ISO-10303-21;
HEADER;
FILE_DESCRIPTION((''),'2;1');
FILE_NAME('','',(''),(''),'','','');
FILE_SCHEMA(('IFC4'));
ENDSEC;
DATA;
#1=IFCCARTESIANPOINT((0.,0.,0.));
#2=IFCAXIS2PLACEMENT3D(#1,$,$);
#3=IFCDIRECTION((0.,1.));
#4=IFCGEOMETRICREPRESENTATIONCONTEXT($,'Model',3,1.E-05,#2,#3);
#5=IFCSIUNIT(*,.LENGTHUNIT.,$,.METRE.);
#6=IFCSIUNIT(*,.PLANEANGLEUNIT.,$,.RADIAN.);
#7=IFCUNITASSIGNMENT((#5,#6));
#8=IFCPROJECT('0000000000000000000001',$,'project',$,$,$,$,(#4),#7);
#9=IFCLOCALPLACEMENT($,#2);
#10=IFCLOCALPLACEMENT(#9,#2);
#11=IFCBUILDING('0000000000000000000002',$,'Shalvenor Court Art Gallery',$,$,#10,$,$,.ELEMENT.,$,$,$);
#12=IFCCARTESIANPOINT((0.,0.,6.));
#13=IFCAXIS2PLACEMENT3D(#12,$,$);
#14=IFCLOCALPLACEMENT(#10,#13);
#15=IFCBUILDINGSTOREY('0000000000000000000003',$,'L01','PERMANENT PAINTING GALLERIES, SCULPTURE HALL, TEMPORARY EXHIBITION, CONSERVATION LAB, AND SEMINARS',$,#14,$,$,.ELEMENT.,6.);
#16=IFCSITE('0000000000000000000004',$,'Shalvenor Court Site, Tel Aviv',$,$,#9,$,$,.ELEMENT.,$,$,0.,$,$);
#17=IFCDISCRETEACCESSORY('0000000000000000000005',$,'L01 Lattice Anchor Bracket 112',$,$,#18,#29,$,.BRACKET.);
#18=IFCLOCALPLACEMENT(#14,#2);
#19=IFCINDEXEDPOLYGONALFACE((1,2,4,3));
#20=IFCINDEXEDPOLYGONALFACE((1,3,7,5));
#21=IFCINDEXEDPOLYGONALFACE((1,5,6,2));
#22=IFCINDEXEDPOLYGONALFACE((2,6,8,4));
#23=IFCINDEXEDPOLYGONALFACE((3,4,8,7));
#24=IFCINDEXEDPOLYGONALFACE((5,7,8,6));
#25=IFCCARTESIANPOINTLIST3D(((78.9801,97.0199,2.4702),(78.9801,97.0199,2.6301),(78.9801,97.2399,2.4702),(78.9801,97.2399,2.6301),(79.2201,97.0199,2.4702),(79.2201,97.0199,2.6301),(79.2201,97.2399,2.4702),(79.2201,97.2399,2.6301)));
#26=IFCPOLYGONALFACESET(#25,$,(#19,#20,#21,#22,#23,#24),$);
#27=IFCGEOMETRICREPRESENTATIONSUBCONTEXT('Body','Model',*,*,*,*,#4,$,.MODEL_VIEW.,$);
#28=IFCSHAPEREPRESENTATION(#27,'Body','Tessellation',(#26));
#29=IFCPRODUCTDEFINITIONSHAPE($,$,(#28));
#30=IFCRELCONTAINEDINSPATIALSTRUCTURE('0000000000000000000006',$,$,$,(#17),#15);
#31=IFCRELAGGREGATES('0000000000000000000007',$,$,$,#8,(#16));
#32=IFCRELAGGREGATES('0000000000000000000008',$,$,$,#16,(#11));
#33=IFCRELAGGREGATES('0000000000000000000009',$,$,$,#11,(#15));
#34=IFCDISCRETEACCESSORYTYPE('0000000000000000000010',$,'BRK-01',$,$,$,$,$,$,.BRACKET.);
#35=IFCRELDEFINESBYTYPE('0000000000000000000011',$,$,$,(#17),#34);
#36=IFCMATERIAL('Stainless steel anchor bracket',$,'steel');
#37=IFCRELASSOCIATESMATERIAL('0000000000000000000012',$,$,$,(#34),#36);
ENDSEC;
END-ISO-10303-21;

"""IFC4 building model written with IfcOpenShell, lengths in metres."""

from ifc_helpers import new_model, si_unit, direction, frame, origin, origin_2d, place, context, subcontext, project, spatial, rectangle, extrude, material, type_object, element, save


model = new_model("IFC4")

# Units and contexts
model_context = context("Model", 3, precision=1e-05, world=origin(), true_north=direction((0.0, 1.0)))
body_context = subcontext(model_context, "Body", "Model", "MODEL_VIEW")
ifc_project = project(units=[si_unit("LENGTHUNIT", "METRE"), si_unit("PLANEANGLEUNIT", "RADIAN")], contexts=[model_context])

# Site, building, storey
site_placement = place(None, origin())
site = spatial("IfcSite", under=ifc_project, at=site_placement, Name="Shalvenor Court Site, Tel Aviv", CompositionType="ELEMENT", RefElevation=0.0)
building_placement = place(site_placement, origin())
building = spatial("IfcBuilding", under=site, at=building_placement, Name="Shalvenor Court Art Gallery", CompositionType="ELEMENT")
storey_placement = place(building_placement, frame((0.0, 0.0, 6.0)))
storey = spatial("IfcBuildingStorey", under=building, at=storey_placement, Name="L01", Description="PERMANENT PAINTING GALLERIES, SCULPTURE HALL, TEMPORARY EXHIBITION, CONSERVATION LAB, AND SEMINARS", CompositionType="ELEMENT", Elevation=6.0)

# Discrete accessory
ifc_material_1 = material(Name="Stainless steel anchor bracket", Category="steel")
discrete_accessory_type = type_object("IfcDiscreteAccessoryType", Name="BRK-01", PredefinedType="BRACKET", material=ifc_material_1)
discrete_accessory_placement = place(storey_placement, frame((79.1001, 97.1299, 2.4702), z_axis=(0.0, 0.0, 1.0), x_axis=(-1.0, 0.0, 0.0)))
element("IfcDiscreteAccessory", 1, at=discrete_accessory_placement, inside=storey, type_object=discrete_accessory_type, Name="L01 Lattice Anchor Bracket 112", PredefinedType="BRACKET", context=body_context, shape_type="SweptSolid", body=[
    extrude(rectangle(XDim=0.24, YDim=0.22, at=origin_2d()), origin(), (0.0, 0.0, 1.0), 0.1599),
])

save(model, "model.ifc")
